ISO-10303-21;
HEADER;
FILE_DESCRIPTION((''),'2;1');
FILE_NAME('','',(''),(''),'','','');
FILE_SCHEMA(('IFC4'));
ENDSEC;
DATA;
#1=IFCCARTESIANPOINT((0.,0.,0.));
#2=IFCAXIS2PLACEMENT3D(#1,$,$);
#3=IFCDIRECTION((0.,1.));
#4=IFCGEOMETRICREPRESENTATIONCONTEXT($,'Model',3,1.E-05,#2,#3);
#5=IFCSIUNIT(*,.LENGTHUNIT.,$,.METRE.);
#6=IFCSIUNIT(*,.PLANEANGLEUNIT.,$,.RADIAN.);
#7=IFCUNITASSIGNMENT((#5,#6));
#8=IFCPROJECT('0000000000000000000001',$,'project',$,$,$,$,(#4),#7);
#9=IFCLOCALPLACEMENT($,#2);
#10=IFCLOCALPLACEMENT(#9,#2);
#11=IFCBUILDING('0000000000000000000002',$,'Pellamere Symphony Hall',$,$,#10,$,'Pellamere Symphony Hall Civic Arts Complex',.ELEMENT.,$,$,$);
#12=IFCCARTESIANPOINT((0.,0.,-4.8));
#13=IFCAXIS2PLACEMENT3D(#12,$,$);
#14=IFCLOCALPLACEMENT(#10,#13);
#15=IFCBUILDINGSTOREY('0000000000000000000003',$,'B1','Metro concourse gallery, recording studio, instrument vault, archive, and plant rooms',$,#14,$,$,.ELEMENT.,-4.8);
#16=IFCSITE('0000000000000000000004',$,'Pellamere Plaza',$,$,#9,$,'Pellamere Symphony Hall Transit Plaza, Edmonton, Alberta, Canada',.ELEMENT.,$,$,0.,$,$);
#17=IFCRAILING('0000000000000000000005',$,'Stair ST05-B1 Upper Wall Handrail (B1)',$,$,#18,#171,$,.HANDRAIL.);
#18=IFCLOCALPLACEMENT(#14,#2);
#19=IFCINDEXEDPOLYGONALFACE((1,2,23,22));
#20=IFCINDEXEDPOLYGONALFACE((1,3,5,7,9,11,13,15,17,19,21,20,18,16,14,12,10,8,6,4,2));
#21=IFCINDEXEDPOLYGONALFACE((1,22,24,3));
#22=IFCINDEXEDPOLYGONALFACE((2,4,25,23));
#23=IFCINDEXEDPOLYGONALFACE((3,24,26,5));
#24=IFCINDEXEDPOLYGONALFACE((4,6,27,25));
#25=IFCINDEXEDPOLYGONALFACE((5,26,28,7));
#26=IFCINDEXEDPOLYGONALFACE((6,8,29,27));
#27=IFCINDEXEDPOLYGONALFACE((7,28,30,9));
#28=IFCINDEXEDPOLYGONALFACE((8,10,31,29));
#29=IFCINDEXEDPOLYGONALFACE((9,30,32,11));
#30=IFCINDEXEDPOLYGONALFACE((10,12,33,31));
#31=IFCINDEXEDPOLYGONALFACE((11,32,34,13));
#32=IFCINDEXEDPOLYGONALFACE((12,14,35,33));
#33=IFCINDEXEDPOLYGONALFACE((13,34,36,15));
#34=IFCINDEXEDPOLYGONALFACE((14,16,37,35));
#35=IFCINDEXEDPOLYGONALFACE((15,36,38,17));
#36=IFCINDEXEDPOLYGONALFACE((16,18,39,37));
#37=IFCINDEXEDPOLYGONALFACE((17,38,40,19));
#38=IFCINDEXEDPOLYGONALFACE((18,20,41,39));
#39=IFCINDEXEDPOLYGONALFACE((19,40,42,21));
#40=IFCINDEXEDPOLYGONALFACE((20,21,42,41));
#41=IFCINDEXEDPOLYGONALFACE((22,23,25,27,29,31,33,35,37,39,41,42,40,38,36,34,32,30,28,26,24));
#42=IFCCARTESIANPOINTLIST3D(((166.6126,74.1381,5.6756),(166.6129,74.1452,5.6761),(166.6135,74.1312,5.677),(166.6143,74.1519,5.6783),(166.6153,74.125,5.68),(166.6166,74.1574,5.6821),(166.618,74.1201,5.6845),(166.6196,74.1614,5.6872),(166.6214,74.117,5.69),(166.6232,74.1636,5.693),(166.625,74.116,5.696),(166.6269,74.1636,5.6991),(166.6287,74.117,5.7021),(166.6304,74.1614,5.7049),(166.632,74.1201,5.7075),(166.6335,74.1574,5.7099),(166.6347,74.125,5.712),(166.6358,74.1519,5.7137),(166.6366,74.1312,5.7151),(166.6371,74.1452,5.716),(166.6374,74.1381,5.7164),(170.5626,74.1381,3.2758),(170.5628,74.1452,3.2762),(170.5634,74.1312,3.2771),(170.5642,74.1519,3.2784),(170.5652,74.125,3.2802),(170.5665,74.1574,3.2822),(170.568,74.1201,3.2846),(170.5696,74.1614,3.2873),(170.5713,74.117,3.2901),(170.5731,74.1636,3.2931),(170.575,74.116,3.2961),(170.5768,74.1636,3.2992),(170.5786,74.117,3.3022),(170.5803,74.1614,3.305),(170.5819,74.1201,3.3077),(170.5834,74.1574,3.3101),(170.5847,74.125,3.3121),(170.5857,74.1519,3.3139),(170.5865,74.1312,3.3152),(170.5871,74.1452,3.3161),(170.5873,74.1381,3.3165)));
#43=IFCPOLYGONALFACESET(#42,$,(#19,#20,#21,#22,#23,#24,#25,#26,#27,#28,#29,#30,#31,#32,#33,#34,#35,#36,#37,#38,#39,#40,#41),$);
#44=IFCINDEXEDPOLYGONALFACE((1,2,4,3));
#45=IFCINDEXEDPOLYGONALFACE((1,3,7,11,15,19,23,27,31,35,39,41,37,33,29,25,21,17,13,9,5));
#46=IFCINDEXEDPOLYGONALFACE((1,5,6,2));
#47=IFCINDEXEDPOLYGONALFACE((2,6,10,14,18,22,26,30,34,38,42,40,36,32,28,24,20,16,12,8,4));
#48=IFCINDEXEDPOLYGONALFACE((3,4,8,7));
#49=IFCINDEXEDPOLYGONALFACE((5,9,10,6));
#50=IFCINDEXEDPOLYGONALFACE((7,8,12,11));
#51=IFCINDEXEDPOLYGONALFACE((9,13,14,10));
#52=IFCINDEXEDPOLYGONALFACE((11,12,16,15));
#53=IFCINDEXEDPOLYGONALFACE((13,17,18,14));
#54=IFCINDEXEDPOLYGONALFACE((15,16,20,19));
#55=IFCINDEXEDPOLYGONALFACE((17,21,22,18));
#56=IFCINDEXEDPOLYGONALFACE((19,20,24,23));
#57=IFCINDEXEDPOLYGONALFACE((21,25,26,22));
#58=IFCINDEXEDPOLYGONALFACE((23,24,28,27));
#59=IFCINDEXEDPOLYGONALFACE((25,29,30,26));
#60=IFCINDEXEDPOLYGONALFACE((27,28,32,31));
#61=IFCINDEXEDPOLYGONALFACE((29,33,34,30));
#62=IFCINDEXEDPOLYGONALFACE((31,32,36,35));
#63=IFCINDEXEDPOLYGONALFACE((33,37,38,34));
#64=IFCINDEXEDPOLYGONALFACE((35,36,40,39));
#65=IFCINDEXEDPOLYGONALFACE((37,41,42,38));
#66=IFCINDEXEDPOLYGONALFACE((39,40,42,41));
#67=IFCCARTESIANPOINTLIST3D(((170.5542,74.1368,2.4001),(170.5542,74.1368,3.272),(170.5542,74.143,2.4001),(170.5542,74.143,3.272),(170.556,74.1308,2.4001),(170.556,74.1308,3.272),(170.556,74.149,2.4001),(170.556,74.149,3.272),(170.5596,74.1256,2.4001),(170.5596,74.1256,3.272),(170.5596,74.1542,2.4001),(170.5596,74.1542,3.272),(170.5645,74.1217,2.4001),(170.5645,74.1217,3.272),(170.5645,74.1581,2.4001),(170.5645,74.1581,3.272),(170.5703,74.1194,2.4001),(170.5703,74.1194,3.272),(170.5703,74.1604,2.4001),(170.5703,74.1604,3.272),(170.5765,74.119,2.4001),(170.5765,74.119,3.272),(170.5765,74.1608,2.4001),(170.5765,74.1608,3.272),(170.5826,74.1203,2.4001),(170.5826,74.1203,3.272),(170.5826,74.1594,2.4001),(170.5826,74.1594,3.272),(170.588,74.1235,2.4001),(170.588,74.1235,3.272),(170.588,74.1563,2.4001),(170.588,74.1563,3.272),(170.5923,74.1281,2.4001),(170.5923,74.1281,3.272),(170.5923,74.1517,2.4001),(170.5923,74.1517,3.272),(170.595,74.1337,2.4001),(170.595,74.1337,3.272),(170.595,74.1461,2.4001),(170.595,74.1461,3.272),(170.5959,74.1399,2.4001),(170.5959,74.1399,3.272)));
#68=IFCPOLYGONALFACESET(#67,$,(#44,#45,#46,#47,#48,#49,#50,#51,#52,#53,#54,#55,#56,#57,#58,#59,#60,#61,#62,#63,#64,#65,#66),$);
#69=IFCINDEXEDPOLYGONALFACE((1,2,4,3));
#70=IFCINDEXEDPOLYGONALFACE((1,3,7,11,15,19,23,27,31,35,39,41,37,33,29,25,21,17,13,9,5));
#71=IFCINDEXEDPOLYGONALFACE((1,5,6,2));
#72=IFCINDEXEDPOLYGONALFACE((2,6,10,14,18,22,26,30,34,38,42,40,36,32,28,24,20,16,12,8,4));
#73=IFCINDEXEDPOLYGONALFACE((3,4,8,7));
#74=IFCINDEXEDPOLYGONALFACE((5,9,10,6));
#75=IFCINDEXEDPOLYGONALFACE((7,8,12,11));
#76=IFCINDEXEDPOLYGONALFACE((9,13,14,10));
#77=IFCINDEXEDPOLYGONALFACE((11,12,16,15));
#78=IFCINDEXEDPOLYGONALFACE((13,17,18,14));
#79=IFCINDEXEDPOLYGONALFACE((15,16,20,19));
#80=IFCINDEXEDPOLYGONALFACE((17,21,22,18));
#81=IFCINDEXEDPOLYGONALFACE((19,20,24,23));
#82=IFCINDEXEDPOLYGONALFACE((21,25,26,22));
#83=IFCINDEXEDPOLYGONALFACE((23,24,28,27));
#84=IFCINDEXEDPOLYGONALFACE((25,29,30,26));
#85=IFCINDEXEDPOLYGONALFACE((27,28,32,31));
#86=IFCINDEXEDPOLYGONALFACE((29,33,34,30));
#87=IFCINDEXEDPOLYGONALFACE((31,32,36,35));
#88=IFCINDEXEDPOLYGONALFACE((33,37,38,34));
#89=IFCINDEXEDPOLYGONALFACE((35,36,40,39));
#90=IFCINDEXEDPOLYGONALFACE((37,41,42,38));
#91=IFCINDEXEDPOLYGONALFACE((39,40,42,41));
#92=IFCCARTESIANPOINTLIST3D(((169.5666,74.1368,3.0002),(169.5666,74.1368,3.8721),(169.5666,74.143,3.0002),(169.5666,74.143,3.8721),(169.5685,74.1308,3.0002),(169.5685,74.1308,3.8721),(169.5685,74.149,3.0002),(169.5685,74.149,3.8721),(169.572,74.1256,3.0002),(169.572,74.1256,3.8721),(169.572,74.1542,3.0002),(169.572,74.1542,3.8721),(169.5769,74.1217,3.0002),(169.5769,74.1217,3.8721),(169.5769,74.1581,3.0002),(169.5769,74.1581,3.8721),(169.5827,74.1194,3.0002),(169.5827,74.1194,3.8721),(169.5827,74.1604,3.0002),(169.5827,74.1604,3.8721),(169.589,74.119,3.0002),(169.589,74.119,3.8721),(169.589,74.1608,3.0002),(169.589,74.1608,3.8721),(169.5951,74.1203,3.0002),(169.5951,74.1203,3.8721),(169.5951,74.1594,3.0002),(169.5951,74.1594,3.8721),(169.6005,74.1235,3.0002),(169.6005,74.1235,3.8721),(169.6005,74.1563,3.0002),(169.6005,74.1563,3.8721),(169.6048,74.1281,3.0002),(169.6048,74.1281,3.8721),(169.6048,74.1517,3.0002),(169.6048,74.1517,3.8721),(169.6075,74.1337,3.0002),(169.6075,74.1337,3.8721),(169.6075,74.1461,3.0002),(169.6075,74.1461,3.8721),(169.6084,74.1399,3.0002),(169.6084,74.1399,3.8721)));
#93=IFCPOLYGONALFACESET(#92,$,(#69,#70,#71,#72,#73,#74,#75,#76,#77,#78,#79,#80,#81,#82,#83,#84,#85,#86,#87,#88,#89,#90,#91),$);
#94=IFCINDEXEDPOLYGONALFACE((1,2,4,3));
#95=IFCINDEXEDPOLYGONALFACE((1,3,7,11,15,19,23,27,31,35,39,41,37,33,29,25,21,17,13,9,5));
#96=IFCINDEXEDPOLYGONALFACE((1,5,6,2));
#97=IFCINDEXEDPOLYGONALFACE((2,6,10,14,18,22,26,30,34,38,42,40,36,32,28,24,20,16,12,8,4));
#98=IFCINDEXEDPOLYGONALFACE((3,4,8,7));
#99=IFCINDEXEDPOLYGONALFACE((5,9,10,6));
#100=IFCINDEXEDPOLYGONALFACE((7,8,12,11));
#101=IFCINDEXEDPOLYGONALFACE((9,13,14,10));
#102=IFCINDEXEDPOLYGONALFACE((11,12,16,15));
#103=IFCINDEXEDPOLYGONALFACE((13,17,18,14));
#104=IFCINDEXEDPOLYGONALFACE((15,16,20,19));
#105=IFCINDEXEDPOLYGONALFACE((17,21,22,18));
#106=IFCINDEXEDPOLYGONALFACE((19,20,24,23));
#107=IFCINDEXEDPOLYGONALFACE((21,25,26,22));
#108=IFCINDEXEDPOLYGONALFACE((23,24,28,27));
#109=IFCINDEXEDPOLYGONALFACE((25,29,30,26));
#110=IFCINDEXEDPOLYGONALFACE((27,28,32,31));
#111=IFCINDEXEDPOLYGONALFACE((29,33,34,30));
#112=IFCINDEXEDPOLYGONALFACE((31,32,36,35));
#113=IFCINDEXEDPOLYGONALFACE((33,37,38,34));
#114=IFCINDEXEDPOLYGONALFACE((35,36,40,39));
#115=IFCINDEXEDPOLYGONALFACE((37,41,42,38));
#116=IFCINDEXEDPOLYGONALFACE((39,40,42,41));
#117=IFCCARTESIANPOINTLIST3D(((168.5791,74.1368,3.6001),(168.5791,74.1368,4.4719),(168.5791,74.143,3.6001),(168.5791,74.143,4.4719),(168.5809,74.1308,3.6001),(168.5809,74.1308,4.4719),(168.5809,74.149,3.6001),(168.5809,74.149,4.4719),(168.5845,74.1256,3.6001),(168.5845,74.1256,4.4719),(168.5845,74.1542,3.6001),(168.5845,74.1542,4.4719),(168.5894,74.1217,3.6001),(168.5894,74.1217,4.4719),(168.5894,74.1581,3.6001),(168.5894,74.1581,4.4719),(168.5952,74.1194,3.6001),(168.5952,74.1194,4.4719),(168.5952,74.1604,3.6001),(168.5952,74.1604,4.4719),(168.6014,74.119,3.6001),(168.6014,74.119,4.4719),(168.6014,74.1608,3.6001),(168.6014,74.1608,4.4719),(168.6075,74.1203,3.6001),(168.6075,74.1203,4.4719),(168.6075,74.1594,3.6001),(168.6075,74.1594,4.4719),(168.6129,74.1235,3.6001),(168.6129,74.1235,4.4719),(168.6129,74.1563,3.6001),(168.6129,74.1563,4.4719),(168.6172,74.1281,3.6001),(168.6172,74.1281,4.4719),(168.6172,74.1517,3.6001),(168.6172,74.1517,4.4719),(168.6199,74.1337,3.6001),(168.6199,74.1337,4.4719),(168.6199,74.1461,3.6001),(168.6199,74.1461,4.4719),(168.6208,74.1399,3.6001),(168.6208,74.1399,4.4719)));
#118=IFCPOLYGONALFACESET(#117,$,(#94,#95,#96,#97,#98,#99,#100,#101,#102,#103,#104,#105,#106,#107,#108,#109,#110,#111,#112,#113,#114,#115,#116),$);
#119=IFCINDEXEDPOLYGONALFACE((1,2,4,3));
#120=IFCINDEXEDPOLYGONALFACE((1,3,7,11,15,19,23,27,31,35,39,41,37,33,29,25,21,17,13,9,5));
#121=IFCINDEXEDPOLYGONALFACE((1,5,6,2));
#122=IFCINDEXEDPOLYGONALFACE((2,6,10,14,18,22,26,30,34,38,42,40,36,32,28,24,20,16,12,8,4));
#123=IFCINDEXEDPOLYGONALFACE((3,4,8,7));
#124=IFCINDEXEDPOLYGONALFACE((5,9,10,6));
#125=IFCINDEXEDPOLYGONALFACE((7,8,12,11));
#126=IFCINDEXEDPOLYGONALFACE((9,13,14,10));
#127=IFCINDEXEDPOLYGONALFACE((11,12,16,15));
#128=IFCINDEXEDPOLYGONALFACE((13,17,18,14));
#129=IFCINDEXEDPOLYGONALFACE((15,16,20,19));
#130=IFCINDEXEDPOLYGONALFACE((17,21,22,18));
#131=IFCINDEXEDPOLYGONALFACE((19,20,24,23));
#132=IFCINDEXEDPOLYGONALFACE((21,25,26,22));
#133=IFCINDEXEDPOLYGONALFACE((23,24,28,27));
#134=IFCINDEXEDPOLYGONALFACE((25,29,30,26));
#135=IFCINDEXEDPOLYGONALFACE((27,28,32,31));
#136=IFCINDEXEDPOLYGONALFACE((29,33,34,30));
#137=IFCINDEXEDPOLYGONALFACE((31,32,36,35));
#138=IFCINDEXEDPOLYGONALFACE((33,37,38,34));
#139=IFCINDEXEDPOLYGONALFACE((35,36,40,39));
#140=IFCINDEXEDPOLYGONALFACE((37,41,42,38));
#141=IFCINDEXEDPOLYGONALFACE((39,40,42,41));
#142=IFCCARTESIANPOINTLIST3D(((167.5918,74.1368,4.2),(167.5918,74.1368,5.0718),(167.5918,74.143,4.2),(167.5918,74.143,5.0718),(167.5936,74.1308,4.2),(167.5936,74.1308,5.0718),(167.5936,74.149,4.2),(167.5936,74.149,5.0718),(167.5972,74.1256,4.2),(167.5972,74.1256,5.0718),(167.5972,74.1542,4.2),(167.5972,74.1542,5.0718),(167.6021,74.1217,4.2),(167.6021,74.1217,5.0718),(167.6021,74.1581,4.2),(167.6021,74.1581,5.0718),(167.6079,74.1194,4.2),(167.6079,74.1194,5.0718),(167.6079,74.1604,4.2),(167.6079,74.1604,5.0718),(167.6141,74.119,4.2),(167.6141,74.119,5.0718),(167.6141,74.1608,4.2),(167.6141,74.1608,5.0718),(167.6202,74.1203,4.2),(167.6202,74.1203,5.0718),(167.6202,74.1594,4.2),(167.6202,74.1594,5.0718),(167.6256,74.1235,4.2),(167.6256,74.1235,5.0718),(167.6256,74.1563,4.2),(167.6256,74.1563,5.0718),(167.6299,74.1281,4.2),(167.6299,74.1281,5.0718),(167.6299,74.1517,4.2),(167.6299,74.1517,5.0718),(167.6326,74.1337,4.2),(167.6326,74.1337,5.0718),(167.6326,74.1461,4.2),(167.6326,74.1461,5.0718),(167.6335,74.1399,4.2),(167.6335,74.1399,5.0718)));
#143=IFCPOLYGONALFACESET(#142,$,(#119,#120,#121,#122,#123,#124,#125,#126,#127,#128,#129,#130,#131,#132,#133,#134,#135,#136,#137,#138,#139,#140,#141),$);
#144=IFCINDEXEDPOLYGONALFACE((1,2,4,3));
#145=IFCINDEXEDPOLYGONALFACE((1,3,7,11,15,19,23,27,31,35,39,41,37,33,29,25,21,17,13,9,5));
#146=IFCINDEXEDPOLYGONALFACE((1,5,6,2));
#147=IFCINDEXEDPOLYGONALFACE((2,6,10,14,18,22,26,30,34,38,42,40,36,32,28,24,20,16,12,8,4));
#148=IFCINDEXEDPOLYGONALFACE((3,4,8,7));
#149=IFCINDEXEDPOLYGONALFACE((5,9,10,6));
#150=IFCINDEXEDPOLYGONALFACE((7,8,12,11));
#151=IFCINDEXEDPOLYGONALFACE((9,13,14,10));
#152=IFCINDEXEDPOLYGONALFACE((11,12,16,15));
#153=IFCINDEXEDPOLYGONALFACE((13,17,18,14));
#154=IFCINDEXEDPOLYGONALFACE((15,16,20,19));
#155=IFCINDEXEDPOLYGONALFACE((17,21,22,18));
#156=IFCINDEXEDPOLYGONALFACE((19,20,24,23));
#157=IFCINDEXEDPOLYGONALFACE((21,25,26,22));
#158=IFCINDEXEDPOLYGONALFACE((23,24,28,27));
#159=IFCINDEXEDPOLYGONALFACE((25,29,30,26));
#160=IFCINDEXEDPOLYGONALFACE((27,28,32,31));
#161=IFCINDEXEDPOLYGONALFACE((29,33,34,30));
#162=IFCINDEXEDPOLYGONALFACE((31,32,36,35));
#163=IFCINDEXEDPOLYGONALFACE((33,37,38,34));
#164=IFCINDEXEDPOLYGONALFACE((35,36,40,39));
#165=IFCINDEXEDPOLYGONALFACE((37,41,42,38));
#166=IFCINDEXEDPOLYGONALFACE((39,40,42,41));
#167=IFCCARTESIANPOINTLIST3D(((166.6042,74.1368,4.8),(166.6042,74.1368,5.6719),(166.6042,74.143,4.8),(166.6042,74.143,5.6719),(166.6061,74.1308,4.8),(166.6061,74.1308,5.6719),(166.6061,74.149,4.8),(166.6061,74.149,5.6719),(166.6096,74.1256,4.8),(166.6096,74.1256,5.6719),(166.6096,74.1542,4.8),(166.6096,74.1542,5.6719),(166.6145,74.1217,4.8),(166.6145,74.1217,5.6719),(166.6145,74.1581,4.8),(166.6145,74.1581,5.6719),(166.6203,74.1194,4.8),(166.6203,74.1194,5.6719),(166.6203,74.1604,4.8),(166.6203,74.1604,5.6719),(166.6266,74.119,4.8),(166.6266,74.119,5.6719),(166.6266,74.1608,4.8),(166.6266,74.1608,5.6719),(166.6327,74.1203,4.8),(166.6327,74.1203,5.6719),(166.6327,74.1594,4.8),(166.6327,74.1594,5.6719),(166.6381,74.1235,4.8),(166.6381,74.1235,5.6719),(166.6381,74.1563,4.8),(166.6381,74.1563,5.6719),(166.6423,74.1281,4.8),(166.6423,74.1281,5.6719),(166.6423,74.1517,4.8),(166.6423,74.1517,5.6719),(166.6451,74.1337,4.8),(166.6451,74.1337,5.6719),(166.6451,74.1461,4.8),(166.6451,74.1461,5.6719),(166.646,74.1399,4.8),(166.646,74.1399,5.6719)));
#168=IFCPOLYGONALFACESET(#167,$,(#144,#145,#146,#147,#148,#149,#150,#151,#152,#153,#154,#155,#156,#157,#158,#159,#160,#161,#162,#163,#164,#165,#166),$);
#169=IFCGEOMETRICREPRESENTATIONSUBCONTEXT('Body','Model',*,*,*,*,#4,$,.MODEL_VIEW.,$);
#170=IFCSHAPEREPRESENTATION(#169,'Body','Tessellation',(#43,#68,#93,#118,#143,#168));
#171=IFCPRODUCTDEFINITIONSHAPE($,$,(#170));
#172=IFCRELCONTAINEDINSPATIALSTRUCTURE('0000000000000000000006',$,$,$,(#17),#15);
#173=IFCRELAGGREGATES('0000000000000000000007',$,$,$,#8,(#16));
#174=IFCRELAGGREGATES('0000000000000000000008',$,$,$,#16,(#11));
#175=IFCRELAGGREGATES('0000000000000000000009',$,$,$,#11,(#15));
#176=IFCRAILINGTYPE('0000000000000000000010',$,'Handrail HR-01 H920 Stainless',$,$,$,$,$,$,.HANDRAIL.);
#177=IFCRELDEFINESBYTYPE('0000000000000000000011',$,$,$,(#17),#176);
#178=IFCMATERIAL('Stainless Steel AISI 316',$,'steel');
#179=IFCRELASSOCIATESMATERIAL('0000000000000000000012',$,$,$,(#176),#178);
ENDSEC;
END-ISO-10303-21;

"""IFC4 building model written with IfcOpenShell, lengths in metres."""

from ifc_helpers import new_model, si_unit, direction, frame, origin, origin_2d, place, context, subcontext, project, spatial, circle, extrude, material, type_object, element, save


model = new_model("IFC4")

# Units and contexts
model_context = context("Model", 3, precision=1e-05, world=origin(), true_north=direction((0.0, 1.0)))
body_context = subcontext(model_context, "Body", "Model", "MODEL_VIEW")
ifc_project = project(units=[si_unit("LENGTHUNIT", "METRE"), si_unit("PLANEANGLEUNIT", "RADIAN")], contexts=[model_context])

# Site, building, storey
site_placement = place(None, origin())
site = spatial("IfcSite", under=ifc_project, at=site_placement, Name="Pellamere Plaza", LongName="Pellamere Symphony Hall Transit Plaza, Edmonton, Alberta, Canada", CompositionType="ELEMENT", RefElevation=0.0)
building_placement = place(site_placement, origin())
building = spatial("IfcBuilding", under=site, at=building_placement, Name="Pellamere Symphony Hall", LongName="Pellamere Symphony Hall Civic Arts Complex", CompositionType="ELEMENT")
storey_placement = place(building_placement, frame((0.0, 0.0, -4.8)))
storey = spatial("IfcBuildingStorey", under=building, at=storey_placement, Name="B1", Description="Metro concourse gallery, recording studio, instrument vault, archive, and plant rooms", CompositionType="ELEMENT", Elevation=-4.8)

# Railing
ifc_material_1 = material(Name="Stainless Steel AISI 316", Category="steel")
railing_type_1 = type_object("IfcRailingType", Name="Handrail HR-01 H920 Stainless", PredefinedType="HANDRAIL", material=ifc_material_1)
railing_1_placement = place(storey_placement, frame((170.575, 74.1399, 2.4001)))
element("IfcRailing", 1, at=railing_1_placement, inside=storey, type_object=railing_type_1, Name="Stair ST05-B1 Upper Wall Handrail (B1)", PredefinedType="HANDRAIL", context=body_context, shape_type="SweptSolid", body=[
    extrude(circle(Radius=0.0239, at=origin_2d()), frame((0.0, 0.0, 0.896), z_axis=(-0.854623, 0.0, 0.51925), x_axis=(0.0, -1.0, 0.0)), (0.0, 0.0, 1.0), 4.6218),
    extrude(circle(Radius=0.021, at=origin_2d()), origin(), (0.0, 0.0, 1.0), 0.8718),
    extrude(circle(Radius=0.021, at=origin_2d()), frame((-0.9875, 0.0, 0.6001)), (0.0, 0.0, 1.0), 0.8718),
    extrude(circle(Radius=0.021, at=origin_2d()), frame((-1.9751, 0.0, 1.2)), (0.0, 0.0, 1.0), 0.8718),
    extrude(circle(Radius=0.021, at=origin_2d()), frame((-2.9624, 0.0, 1.7998)), (0.0, 0.0, 1.0), 0.8718),
    extrude(circle(Radius=0.021, at=origin_2d()), frame((-3.95, 0.0, 2.3999)), (0.0, 0.0, 1.0), 0.8718),
])

save(model, "model.ifc")
